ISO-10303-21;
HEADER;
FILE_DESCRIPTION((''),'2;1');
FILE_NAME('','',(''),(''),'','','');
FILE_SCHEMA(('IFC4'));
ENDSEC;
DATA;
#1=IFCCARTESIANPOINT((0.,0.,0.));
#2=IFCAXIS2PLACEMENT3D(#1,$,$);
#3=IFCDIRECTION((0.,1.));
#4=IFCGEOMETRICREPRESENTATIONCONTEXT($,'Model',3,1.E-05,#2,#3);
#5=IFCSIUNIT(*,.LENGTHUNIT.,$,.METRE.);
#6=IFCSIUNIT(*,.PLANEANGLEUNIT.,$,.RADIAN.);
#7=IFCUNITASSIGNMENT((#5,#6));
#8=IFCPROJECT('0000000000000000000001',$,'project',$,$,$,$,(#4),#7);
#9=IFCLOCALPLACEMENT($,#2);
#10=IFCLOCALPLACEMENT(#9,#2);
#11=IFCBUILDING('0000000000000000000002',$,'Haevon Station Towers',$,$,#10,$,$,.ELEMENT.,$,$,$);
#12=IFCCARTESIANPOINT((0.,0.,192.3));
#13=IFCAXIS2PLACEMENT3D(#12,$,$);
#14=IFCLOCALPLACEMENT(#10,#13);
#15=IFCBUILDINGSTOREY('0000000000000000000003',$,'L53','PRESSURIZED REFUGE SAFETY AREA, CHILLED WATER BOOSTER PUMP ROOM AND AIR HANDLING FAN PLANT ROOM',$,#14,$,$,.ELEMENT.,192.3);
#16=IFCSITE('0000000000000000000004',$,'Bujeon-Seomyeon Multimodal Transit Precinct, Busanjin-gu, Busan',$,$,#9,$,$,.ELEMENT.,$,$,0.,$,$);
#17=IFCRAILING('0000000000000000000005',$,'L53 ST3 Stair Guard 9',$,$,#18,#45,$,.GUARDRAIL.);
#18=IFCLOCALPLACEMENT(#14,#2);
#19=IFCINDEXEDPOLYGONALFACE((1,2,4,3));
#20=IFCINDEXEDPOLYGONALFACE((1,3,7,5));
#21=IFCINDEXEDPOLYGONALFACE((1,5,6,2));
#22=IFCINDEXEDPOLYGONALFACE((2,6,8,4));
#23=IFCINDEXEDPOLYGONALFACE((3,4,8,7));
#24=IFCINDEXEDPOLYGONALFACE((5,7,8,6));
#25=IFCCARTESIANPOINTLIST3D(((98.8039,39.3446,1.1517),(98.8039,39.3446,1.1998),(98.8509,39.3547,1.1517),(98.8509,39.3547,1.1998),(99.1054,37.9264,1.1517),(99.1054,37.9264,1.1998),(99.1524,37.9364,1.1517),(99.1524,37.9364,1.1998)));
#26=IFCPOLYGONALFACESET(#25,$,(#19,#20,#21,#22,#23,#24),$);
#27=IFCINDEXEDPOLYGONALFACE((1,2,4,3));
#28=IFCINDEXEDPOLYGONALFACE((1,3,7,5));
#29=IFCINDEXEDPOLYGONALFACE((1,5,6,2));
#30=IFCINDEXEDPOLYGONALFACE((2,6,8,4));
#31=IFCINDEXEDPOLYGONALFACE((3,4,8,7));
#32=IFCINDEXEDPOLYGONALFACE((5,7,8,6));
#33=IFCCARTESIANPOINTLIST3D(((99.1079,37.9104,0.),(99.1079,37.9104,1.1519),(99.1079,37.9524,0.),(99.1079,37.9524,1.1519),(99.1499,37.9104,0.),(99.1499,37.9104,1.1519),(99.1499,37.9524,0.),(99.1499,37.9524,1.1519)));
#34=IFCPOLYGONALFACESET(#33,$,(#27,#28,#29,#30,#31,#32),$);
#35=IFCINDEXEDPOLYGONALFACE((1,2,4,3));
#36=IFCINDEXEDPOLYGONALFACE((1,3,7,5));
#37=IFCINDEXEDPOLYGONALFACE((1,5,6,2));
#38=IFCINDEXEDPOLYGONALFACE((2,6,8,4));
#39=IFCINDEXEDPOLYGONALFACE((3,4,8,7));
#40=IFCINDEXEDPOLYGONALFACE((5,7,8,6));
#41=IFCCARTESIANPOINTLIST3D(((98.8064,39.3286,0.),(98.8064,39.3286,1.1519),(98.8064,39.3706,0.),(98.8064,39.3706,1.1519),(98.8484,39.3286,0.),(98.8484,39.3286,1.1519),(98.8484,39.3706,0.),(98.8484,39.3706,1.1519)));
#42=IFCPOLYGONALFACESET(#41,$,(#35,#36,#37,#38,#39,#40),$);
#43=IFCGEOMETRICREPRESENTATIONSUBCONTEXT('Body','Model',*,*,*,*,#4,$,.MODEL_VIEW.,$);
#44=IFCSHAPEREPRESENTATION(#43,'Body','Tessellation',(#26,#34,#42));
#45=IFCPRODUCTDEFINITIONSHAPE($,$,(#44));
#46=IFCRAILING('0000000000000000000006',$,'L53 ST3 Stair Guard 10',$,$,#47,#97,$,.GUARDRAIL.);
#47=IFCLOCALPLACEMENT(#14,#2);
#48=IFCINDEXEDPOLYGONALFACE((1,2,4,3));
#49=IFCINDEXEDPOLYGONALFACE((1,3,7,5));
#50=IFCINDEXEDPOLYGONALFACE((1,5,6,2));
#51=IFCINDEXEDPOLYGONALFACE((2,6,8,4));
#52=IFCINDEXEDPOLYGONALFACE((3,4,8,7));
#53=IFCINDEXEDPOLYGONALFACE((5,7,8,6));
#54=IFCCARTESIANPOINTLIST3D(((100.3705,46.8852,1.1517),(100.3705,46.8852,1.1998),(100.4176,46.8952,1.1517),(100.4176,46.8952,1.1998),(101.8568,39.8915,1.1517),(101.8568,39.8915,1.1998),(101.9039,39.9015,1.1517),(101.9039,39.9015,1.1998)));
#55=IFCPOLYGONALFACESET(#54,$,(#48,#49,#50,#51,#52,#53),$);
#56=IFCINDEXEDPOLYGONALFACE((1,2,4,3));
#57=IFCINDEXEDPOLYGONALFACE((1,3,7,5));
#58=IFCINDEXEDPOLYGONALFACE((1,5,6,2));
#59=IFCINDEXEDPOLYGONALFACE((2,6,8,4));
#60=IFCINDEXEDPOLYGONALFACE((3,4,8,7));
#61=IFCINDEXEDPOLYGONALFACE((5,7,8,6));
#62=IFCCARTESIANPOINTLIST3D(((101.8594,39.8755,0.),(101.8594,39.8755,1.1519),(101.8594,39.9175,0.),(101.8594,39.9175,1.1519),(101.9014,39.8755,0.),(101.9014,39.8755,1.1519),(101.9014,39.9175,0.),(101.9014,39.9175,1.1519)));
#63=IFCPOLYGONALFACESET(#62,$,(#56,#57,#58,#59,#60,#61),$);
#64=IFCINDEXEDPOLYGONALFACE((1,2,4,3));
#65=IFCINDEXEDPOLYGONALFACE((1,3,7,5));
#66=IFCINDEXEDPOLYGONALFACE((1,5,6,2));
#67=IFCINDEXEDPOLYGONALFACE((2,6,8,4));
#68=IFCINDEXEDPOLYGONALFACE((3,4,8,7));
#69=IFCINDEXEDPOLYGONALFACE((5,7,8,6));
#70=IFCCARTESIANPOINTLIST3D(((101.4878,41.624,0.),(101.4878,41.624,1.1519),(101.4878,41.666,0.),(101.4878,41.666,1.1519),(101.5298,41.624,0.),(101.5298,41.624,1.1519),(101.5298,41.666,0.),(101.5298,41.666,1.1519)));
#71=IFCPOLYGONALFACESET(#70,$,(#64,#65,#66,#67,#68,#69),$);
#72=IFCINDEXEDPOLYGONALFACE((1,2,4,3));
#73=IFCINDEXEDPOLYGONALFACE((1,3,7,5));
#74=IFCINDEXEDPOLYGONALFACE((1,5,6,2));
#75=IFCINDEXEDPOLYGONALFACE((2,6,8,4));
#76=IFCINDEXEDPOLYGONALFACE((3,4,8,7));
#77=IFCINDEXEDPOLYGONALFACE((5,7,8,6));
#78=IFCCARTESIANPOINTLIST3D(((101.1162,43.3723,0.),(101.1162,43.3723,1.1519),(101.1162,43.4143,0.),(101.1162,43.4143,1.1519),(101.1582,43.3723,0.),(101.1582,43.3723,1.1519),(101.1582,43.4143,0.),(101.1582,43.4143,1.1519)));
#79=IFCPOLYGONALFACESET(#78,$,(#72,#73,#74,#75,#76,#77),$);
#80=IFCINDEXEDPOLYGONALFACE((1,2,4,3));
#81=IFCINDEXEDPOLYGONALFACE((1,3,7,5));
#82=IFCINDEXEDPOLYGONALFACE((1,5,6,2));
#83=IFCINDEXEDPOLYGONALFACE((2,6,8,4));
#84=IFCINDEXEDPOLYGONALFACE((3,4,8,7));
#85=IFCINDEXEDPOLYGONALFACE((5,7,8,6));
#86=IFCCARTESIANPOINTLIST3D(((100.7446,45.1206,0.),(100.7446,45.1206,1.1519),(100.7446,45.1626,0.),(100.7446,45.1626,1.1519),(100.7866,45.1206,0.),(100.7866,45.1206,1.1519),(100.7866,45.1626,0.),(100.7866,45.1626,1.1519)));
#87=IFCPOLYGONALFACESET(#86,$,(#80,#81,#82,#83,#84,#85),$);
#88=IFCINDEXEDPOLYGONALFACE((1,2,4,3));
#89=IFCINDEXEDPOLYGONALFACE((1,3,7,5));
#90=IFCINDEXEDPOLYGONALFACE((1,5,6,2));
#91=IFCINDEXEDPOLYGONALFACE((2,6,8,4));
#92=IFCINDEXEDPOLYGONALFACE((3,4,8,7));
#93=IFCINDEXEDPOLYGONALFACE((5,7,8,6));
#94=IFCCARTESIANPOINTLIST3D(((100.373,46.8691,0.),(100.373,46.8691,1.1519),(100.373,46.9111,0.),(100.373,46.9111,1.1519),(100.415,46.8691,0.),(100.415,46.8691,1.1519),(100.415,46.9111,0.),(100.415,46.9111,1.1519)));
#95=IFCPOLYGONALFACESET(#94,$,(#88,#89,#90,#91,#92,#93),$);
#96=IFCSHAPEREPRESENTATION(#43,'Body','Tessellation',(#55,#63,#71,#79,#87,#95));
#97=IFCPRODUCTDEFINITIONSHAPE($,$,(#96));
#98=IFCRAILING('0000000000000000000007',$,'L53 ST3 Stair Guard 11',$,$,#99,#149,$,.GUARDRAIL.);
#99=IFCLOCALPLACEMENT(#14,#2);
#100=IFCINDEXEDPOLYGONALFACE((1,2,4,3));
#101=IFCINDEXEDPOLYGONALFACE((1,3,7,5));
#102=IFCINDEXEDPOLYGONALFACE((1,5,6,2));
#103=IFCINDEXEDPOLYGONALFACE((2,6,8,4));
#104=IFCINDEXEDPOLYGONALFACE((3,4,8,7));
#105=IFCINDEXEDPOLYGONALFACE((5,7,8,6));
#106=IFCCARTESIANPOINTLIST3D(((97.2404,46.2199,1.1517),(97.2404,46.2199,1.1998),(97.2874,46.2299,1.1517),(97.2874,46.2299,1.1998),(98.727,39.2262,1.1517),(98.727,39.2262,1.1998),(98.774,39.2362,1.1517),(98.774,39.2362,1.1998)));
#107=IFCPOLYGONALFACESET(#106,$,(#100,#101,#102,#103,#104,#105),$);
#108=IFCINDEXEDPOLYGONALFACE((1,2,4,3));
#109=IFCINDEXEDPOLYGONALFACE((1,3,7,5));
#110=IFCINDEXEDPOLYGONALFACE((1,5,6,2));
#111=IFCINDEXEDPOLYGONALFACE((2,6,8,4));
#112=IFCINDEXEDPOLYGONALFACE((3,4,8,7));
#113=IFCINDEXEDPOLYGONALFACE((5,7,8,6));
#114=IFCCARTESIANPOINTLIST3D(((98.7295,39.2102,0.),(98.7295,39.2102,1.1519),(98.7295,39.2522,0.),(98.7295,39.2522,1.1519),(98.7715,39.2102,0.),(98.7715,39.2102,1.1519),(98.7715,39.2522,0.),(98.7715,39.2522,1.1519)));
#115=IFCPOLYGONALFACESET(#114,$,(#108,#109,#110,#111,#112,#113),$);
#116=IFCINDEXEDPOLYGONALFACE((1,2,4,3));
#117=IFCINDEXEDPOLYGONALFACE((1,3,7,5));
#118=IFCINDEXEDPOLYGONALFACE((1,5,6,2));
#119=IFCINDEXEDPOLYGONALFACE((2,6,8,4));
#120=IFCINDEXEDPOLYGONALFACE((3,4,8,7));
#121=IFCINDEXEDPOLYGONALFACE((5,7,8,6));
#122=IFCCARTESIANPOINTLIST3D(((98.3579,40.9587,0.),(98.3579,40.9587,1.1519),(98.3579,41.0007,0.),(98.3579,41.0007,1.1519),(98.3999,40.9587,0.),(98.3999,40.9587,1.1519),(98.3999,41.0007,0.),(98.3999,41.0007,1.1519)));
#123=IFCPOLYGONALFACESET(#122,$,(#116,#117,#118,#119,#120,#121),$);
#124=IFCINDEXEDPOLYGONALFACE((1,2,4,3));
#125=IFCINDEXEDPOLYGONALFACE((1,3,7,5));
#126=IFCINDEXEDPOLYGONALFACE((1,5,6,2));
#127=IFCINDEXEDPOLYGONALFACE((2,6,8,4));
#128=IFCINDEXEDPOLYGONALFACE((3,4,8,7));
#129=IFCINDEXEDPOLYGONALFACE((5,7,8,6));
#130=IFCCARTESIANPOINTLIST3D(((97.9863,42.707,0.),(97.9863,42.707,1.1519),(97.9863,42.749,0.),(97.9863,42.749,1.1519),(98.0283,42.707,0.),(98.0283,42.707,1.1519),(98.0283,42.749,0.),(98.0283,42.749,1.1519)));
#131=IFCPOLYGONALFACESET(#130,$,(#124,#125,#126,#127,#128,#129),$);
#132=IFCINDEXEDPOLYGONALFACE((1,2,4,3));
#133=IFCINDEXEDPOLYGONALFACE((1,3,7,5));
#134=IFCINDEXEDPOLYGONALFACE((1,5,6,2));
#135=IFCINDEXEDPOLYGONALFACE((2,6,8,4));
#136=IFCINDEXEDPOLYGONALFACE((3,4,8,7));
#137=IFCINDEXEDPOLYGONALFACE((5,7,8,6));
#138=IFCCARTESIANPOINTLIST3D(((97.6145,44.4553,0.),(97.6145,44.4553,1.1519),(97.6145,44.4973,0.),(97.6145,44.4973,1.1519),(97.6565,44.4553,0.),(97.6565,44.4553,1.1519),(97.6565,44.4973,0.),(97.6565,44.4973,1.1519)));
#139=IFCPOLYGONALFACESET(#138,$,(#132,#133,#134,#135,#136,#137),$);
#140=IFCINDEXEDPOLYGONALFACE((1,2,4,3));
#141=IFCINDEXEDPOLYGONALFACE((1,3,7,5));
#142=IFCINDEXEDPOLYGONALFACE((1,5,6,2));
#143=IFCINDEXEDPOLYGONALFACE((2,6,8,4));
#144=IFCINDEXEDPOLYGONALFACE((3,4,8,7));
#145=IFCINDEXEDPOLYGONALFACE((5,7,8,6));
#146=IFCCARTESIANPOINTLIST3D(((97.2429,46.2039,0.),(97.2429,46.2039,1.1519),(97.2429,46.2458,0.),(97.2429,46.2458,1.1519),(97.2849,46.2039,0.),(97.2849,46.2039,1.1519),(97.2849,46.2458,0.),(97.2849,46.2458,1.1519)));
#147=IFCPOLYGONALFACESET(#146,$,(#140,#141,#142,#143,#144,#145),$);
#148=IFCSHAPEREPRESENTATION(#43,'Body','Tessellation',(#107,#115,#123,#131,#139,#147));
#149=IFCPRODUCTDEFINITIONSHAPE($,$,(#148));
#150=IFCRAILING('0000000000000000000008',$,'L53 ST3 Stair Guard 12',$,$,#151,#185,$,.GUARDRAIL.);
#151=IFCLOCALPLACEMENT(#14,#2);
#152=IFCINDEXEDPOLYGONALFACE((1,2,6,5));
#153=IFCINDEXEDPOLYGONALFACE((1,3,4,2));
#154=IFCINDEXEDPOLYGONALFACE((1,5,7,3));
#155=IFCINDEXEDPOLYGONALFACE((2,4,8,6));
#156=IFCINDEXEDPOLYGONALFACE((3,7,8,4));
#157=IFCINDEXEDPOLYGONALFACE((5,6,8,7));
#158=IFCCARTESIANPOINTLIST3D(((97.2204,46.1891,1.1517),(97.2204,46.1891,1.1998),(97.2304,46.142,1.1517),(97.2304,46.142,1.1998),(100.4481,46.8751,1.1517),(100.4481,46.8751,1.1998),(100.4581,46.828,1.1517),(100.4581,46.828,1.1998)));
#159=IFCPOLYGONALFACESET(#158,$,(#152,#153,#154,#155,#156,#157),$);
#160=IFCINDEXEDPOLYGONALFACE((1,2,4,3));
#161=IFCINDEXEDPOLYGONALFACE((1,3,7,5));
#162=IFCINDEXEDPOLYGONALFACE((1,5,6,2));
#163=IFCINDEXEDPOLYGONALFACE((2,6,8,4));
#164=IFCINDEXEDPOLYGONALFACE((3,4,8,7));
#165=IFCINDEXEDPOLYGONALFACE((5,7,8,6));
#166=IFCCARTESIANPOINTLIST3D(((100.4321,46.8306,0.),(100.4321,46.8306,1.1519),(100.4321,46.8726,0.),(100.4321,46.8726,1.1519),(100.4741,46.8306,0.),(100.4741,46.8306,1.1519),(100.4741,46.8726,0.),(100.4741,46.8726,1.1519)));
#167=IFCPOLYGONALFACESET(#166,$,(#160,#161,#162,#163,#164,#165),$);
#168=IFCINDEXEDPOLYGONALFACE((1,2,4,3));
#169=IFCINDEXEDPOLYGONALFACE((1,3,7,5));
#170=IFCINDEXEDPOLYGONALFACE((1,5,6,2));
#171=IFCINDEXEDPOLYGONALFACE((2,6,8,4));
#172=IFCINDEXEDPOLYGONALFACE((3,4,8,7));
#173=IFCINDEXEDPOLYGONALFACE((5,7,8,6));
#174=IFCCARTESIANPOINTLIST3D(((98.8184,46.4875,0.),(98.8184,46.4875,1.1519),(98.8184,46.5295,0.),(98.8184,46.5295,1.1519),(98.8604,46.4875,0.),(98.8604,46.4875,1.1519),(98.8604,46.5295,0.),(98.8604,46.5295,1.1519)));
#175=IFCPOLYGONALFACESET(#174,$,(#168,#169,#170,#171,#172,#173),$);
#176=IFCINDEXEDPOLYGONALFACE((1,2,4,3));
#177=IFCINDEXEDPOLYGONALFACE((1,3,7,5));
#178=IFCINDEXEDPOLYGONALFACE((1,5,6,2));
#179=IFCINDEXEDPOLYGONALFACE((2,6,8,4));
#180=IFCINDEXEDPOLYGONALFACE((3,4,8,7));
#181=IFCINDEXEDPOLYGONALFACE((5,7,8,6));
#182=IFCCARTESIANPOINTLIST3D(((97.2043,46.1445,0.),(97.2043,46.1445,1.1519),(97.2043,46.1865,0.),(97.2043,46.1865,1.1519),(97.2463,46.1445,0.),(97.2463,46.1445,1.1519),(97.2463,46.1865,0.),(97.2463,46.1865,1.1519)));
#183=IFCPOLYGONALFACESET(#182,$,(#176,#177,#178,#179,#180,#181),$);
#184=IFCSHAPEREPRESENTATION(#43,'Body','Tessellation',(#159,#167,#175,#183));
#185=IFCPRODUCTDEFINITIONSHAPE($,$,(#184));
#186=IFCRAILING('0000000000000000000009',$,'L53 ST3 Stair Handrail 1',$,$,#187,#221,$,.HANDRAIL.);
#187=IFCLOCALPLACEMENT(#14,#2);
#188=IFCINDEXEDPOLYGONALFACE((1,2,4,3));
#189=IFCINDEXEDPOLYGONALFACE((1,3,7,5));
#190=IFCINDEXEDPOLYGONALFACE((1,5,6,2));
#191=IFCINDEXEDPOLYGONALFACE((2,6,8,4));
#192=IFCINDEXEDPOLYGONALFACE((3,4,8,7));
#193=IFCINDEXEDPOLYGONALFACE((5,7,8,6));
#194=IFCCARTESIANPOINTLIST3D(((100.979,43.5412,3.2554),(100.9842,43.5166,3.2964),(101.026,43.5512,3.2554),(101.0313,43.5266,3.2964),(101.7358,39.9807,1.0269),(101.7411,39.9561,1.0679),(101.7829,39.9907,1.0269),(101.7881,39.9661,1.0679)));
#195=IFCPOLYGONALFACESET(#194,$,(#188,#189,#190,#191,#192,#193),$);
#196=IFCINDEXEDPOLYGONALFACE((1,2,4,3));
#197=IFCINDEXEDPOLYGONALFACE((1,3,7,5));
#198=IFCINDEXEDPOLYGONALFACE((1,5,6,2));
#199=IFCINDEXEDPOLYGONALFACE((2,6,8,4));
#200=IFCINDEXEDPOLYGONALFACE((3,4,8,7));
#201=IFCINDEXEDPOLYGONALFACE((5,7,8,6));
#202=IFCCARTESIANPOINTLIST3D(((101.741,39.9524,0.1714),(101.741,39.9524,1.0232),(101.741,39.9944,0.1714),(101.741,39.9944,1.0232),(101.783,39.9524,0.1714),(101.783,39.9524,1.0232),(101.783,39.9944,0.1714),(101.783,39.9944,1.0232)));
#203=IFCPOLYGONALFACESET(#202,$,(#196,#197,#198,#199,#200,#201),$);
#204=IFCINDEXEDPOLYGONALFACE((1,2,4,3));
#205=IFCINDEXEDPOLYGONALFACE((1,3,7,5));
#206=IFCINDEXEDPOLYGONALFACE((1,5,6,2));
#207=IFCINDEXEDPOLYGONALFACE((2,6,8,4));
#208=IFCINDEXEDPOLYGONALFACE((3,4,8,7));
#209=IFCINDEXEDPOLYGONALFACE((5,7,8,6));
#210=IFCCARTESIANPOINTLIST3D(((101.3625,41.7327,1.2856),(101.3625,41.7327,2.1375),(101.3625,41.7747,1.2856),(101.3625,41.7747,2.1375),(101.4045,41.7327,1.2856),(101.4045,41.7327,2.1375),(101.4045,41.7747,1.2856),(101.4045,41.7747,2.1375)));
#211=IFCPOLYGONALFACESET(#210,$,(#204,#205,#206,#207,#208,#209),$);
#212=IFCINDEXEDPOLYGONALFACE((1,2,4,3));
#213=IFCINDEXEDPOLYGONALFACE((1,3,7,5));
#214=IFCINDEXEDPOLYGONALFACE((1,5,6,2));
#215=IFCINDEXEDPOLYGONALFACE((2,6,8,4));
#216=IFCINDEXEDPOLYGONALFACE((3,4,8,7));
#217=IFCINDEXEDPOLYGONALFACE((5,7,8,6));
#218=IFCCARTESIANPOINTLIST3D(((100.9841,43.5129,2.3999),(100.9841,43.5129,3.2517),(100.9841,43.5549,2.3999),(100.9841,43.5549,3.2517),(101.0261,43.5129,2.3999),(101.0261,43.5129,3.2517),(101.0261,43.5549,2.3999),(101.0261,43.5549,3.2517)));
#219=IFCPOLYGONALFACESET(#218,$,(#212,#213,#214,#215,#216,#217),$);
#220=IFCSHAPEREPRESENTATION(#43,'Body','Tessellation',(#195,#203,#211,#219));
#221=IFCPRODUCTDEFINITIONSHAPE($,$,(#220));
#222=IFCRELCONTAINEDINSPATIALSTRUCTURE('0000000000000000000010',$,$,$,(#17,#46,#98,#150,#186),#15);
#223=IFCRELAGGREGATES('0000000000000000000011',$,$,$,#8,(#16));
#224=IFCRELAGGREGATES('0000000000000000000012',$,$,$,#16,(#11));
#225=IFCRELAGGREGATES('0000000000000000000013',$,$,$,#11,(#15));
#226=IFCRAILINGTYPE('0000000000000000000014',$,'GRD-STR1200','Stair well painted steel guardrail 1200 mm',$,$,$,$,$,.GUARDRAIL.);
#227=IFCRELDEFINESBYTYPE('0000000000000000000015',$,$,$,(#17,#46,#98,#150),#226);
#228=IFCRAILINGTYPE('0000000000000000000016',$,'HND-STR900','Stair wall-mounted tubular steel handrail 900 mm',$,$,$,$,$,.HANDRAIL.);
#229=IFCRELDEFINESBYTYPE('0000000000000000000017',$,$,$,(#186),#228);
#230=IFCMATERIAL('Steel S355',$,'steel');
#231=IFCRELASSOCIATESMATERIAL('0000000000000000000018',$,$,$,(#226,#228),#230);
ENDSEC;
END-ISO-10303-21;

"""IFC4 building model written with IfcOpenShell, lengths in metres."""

from ifc_helpers import new_model, si_unit, direction, frame, origin, origin_2d, place, context, subcontext, project, spatial, rectangle, extrude, material, type_object, element, save


model = new_model("IFC4")

# Units and contexts
model_context = context("Model", 3, precision=1e-05, world=origin(), true_north=direction((0.0, 1.0)))
body_context = subcontext(model_context, "Body", "Model", "MODEL_VIEW")
ifc_project = project(units=[si_unit("LENGTHUNIT", "METRE"), si_unit("PLANEANGLEUNIT", "RADIAN")], contexts=[model_context])

# Site, building, storey
site_placement = place(None, origin())
site = spatial("IfcSite", under=ifc_project, at=site_placement, Name="Bujeon-Seomyeon Multimodal Transit Precinct, Busanjin-gu, Busan", CompositionType="ELEMENT", RefElevation=0.0)
building_placement = place(site_placement, origin())
building = spatial("IfcBuilding", under=site, at=building_placement, Name="Haevon Station Towers", CompositionType="ELEMENT")
storey_placement = place(building_placement, frame((0.0, 0.0, 192.3)))
storey = spatial("IfcBuildingStorey", under=building, at=storey_placement, Name="L53", Description="PRESSURIZED REFUGE SAFETY AREA, CHILLED WATER BOOSTER PUMP ROOM AND AIR HANDLING FAN PLANT ROOM", CompositionType="ELEMENT", Elevation=192.3)

# Shared definitions
ifc_material_1 = material(Name="Steel S355", Category="steel")

# Railings
railing_type_1 = type_object("IfcRailingType", Name="GRD-STR1200", Description="Stair well painted steel guardrail 1200 mm", PredefinedType="GUARDRAIL", material=ifc_material_1)
railing_1_placement = place(storey_placement, frame((99.1289, 37.9314, 0.0)))
element("IfcRailing", 1, at=railing_1_placement, inside=storey, type_object=railing_type_1, Name="L53 ST3 Stair Guard 9", PredefinedType="GUARDRAIL", context=body_context, shape_type="SweptSolid", body=[
    extrude(rectangle(XDim=0.0481, YDim=0.0481, at=origin_2d()), frame((0.0, 0.0, 1.1758), z_axis=(-0.207953, 0.978139, 0.0), x_axis=(-0.978139, -0.207953, 0.0)), (0.0, 0.0, 1.0), 1.45),
    extrude(rectangle(XDim=0.042, YDim=0.042, at=origin_2d()), origin(), (0.0, 0.0, 1.0), 1.1519),
    extrude(rectangle(XDim=0.042, YDim=0.042, at=origin_2d()), frame((-0.3015, 1.4182, 0.0)), (0.0, 0.0, 1.0), 1.1519),
])
railing_2_placement = place(storey_placement, frame((101.8804, 39.8965, 0.0)))
element("IfcRailing", 2, at=railing_2_placement, inside=storey, type_object=railing_type_1, Name="L53 ST3 Stair Guard 10", PredefinedType="GUARDRAIL", context=body_context, shape_type="SweptSolid", body=[
    extrude(rectangle(XDim=0.0481, YDim=0.0481, at=origin_2d()), frame((0.0, 0.0, 1.1758), z_axis=(-0.207882, 0.978154, 0.0), x_axis=(-0.978154, -0.207882, 0.0)), (0.0, 0.0, 1.0), 7.1499),
    extrude(rectangle(XDim=0.042, YDim=0.042, at=origin_2d()), origin(), (0.0, 0.0, 1.0), 1.1519),
    extrude(rectangle(XDim=0.042, YDim=0.042, at=origin_2d()), frame((-0.3716, 1.7485, 0.0)), (0.0, 0.0, 1.0), 1.1519),
    extrude(rectangle(XDim=0.042, YDim=0.042, at=origin_2d()), frame((-0.7432, 3.4968, 0.0)), (0.0, 0.0, 1.0), 1.1519),
    extrude(rectangle(XDim=0.042, YDim=0.042, at=origin_2d()), frame((-1.1147, 5.2451, 0.0)), (0.0, 0.0, 1.0), 1.1519),
    extrude(rectangle(XDim=0.042, YDim=0.042, at=origin_2d()), frame((-1.4863, 6.9937, 0.0)), (0.0, 0.0, 1.0), 1.1519),
])
railing_3_placement = place(storey_placement, frame((98.7505, 39.2312, 0.0)))
element("IfcRailing", 3, at=railing_3_placement, inside=storey, type_object=railing_type_1, Name="L53 ST3 Stair Guard 11", PredefinedType="GUARDRAIL", context=body_context, shape_type="SweptSolid", body=[
    extrude(rectangle(XDim=0.0481, YDim=0.0481, at=origin_2d()), frame((0.0, 0.0, 1.1758), z_axis=(-0.207915, 0.978147, 0.0), x_axis=(-0.978147, -0.207915, 0.0)), (0.0, 0.0, 1.0), 7.1499),
    extrude(rectangle(XDim=0.042, YDim=0.042, at=origin_2d()), origin(), (0.0, 0.0, 1.0), 1.1519),
    extrude(rectangle(XDim=0.042, YDim=0.042, at=origin_2d()), frame((-0.3716, 1.7485, 0.0)), (0.0, 0.0, 1.0), 1.1519),
    extrude(rectangle(XDim=0.042, YDim=0.042, at=origin_2d()), frame((-0.7432, 3.4968, 0.0)), (0.0, 0.0, 1.0), 1.1519),
    extrude(rectangle(XDim=0.042, YDim=0.042, at=origin_2d()), frame((-1.115, 5.2451, 0.0)), (0.0, 0.0, 1.0), 1.1519),
    extrude(rectangle(XDim=0.042, YDim=0.042, at=origin_2d()), frame((-1.4866, 6.9937, 0.0)), (0.0, 0.0, 1.0), 1.1519),
])
railing_4_placement = place(storey_placement, frame((100.4531, 46.8516, 0.0)))
element("IfcRailing", 4, at=railing_4_placement, inside=storey, type_object=railing_type_1, Name="L53 ST3 Stair Guard 12", PredefinedType="GUARDRAIL", context=body_context, shape_type="SweptSolid", body=[
    extrude(rectangle(XDim=0.0481, YDim=0.0481, at=origin_2d()), frame((0.0, 0.0, 1.1758), z_axis=(-0.978151, -0.207897, 0.0), x_axis=(0.207897, -0.978151, 0.0)), (0.0, 0.0, 1.0), 3.2998),
    extrude(rectangle(XDim=0.042, YDim=0.042, at=origin_2d()), origin(), (0.0, 0.0, 1.0), 1.1519),
    extrude(rectangle(XDim=0.042, YDim=0.042, at=origin_2d()), frame((-1.6138, -0.343, 0.0)), (0.0, 0.0, 1.0), 1.1519),
    extrude(rectangle(XDim=0.042, YDim=0.042, at=origin_2d()), frame((-3.2278, -0.686, 0.0)), (0.0, 0.0, 1.0), 1.1519),
])
railing_type_2 = type_object("IfcRailingType", Name="HND-STR900", Description="Stair wall-mounted tubular steel handrail 900 mm", PredefinedType="HANDRAIL", material=ifc_material_1)
railing_5_placement = place(storey_placement, frame((101.762, 39.9734, 0.1714)))
element("IfcRailing", 5, at=railing_5_placement, inside=storey, type_object=railing_type_2, Name="L53 ST3 Stair Handrail 1", PredefinedType="HANDRAIL", context=body_context, shape_type="SweptSolid", body=[
    extrude(rectangle(XDim=0.0481, YDim=0.0481, at=origin_2d()), frame((0.0, 0.0, 0.876), z_axis=(-0.177324, 0.834225, 0.522134), x_axis=(-0.978147, -0.207917, 0.0)), (0.0, 0.0, 1.0), 4.2681),
    extrude(rectangle(XDim=0.042, YDim=0.042, at=origin_2d()), origin(), (0.0, 0.0, 1.0), 0.8518),
    extrude(rectangle(XDim=0.042, YDim=0.042, at=origin_2d()), frame((-0.3784, 1.7803, 1.1143)), (0.0, 0.0, 1.0), 0.8518),
    extrude(rectangle(XDim=0.042, YDim=0.042, at=origin_2d()), frame((-0.7568, 3.5605, 2.2285)), (0.0, 0.0, 1.0), 0.8518),
])

save(model, "model.ifc")
